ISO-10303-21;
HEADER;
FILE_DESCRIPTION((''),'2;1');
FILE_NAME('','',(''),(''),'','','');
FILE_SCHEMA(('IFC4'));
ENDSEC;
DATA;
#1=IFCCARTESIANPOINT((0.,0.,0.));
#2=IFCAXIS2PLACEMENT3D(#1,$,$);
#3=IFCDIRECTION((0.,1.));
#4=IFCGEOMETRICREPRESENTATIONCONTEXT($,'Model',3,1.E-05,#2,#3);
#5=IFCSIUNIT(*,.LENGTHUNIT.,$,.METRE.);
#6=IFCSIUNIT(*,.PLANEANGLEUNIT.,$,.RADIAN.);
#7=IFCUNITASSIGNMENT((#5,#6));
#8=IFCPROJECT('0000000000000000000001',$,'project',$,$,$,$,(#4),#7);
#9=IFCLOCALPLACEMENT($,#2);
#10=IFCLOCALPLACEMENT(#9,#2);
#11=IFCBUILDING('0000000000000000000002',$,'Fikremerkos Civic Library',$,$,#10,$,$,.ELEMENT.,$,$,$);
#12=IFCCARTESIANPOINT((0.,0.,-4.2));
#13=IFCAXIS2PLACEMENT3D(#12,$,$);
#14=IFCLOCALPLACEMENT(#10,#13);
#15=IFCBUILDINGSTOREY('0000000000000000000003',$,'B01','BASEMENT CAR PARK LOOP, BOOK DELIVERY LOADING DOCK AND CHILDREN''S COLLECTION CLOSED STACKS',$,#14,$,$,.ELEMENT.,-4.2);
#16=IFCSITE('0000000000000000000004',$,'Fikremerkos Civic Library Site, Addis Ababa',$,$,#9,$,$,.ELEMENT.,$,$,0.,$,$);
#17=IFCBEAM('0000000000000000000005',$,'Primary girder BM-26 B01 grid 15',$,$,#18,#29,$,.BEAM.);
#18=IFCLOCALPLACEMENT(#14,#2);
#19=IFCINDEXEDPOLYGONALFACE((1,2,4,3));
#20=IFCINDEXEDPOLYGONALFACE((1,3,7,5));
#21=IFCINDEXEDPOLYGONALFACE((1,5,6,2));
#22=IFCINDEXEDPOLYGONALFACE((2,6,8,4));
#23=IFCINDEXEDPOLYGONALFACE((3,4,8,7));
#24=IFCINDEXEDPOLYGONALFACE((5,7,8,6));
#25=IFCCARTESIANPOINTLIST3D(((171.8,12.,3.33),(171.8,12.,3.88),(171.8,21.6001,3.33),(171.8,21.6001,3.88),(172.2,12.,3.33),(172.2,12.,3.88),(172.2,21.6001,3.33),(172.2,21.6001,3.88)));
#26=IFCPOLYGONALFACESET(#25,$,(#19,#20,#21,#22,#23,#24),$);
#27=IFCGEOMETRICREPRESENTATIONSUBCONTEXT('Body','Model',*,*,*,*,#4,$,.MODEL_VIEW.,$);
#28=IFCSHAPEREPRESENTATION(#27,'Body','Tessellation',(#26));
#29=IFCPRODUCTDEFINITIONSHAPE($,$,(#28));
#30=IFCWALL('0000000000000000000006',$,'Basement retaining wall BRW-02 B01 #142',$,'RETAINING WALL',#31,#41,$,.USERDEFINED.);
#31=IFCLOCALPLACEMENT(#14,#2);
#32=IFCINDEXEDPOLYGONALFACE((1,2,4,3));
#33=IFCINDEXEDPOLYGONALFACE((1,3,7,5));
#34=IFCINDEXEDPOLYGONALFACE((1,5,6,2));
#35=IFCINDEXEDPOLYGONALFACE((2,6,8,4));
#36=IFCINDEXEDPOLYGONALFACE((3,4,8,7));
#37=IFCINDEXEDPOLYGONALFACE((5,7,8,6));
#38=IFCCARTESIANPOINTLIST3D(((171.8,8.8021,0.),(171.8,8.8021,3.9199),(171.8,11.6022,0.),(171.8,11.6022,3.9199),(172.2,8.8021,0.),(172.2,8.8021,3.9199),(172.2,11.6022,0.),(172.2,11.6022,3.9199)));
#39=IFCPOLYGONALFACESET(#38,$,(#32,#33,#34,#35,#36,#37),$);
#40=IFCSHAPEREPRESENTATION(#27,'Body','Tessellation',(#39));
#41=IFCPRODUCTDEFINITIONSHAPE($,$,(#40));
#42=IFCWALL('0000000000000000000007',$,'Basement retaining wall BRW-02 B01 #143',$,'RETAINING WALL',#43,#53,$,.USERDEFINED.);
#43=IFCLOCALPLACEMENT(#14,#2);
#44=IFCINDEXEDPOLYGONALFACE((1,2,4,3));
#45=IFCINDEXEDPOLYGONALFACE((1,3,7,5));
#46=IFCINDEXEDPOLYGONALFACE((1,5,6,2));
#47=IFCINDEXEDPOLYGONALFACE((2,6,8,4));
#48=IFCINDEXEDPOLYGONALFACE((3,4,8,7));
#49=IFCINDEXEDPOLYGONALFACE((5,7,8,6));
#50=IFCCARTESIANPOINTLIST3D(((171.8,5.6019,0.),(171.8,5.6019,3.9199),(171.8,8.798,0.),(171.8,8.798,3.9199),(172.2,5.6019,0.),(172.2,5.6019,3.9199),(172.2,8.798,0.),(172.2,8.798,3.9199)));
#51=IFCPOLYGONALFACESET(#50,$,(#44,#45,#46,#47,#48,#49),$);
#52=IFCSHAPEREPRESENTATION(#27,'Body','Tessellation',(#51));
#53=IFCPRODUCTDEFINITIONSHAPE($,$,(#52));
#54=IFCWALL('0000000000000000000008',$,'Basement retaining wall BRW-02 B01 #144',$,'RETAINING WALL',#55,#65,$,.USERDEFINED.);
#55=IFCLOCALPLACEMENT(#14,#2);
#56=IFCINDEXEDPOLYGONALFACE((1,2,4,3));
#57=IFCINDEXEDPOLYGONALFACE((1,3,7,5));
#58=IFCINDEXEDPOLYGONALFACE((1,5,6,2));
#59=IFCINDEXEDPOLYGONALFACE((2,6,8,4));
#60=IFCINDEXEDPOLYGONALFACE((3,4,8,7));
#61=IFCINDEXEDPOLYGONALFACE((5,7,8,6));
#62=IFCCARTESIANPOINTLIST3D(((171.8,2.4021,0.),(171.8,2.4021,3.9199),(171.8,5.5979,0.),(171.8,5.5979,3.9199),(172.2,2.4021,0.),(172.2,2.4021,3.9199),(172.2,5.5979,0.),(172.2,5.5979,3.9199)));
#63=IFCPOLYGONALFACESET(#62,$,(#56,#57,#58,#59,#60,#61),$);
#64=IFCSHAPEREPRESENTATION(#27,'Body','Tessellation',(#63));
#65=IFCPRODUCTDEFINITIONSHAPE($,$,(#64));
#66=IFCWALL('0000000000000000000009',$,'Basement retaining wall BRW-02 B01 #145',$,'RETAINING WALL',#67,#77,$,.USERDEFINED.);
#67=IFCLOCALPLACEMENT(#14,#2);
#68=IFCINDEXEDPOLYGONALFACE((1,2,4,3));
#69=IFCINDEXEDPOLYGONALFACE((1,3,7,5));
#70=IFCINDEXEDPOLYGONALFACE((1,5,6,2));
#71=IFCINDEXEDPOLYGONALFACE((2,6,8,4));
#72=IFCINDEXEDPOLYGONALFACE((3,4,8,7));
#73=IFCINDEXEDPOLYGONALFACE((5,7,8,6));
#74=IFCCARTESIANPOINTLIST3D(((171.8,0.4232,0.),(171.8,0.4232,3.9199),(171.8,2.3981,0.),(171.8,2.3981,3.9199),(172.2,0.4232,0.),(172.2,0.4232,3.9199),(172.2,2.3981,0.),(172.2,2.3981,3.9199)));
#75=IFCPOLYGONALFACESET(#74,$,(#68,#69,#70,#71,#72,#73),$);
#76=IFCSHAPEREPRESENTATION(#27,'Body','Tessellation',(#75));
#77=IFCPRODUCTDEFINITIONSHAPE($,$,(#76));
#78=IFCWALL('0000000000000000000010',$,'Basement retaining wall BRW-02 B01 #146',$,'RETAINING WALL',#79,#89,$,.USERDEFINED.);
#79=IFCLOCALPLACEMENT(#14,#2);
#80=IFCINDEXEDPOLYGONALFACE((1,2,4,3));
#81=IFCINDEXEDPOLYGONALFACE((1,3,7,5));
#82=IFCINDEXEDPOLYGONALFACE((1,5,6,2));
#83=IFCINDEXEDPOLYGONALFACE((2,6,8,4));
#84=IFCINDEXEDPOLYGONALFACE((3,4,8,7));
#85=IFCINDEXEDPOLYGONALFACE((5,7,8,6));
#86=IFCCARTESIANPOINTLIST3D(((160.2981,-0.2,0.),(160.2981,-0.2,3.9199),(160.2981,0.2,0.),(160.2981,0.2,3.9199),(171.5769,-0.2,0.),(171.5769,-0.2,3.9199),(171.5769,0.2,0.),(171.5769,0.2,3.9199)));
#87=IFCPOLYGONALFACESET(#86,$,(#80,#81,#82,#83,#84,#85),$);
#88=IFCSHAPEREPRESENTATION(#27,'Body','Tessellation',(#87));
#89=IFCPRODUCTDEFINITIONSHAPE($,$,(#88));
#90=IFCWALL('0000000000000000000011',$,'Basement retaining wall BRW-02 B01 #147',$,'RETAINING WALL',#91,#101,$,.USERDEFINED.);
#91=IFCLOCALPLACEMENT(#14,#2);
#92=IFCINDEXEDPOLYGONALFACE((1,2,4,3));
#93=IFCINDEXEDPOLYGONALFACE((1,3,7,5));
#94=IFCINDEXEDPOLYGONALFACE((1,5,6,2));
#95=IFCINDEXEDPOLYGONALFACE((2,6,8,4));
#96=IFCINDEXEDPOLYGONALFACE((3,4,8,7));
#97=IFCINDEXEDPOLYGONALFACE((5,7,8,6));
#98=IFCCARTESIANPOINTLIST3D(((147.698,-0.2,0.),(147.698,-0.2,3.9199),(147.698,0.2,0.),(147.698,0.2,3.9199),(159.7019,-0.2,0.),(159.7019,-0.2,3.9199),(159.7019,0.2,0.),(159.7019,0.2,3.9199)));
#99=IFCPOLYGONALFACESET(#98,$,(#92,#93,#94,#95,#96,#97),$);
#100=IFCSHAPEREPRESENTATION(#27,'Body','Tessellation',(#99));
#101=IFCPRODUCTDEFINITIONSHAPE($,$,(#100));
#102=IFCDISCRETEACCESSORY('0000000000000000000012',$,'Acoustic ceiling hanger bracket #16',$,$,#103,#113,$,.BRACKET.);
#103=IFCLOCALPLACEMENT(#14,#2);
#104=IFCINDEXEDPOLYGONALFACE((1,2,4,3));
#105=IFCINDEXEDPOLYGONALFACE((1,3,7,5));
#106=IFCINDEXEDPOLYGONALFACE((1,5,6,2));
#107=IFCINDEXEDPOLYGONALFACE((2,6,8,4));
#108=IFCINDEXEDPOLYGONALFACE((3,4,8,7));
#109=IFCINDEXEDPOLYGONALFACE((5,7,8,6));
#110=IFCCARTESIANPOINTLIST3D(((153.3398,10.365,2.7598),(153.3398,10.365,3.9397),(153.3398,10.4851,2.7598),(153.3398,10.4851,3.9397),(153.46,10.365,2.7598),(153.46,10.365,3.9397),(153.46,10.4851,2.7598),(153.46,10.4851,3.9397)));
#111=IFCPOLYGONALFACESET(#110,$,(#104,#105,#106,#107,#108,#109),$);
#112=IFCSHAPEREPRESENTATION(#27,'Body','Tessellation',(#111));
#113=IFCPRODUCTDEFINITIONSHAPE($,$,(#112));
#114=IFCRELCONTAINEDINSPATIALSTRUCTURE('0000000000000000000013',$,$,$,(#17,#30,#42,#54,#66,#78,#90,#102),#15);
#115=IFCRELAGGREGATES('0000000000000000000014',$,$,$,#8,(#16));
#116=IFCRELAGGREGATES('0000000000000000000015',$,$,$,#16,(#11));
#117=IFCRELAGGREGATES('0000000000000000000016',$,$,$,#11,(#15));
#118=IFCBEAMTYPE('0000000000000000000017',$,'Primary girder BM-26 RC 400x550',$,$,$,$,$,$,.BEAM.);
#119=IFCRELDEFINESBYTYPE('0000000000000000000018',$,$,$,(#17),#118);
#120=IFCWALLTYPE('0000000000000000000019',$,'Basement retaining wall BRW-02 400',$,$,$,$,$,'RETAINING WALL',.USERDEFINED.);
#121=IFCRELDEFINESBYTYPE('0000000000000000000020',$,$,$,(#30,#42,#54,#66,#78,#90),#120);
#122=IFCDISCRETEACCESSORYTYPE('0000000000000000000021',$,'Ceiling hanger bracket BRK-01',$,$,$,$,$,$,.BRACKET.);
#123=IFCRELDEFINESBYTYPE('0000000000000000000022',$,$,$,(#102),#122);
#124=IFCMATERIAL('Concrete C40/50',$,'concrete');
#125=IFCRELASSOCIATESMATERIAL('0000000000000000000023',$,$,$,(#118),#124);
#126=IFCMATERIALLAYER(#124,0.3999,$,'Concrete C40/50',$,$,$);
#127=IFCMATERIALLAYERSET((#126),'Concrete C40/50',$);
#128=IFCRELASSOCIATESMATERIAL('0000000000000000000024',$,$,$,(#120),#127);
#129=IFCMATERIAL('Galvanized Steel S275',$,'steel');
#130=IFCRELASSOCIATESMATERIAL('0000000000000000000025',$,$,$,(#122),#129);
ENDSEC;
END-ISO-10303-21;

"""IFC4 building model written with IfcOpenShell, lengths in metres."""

from ifc_helpers import new_model, si_unit, direction, frame, frame_2d, origin, origin_2d, place, context, subcontext, project, spatial, rectangle, extrude, material, layer, layer_set, material_profile, profile_set, type_object, element, save


model = new_model("IFC4")

# Units and contexts
model_context = context("Model", 3, precision=1e-05, world=origin(), true_north=direction((0.0, 1.0)))
body_context = subcontext(model_context, "Body", "Model", "MODEL_VIEW")
ifc_project = project(units=[si_unit("LENGTHUNIT", "METRE"), si_unit("PLANEANGLEUNIT", "RADIAN")], contexts=[model_context])

# Site, building, storey
site_placement = place(None, origin())
site = spatial("IfcSite", under=ifc_project, at=site_placement, Name="Fikremerkos Civic Library Site, Addis Ababa", CompositionType="ELEMENT", RefElevation=0.0)
building_placement = place(site_placement, origin())
building = spatial("IfcBuilding", under=site, at=building_placement, Name="Fikremerkos Civic Library", CompositionType="ELEMENT")
storey_placement = place(building_placement, frame((0.0, 0.0, -4.2)))
storey = spatial("IfcBuildingStorey", under=building, at=storey_placement, Name="B01", Description="BASEMENT CAR PARK LOOP, BOOK DELIVERY LOADING DOCK AND CHILDREN'S COLLECTION CLOSED STACKS", CompositionType="ELEMENT", Elevation=-4.2)

# Shared definitions
ifc_material_1 = material(Name="Concrete C40/50", Category="concrete")

# Beam
ifc_material_profile_1 = material_profile(ifc_material_1, rectangle(XDim=0.3999, YDim=0.55, at=origin_2d()), Name="RC 400x550")
ifc_profile_set_1 = profile_set([ifc_material_profile_1], Name="Concrete C40/50")
beam_type_1 = type_object("IfcBeamType", Name="Primary girder BM-26 RC 400x550", PredefinedType="BEAM", material=ifc_profile_set_1)
beam_1_placement = place(storey_placement, frame((172.0, 12.0, 3.605), z_axis=(0.0, 1.0, 0.0), x_axis=(-1.0, 0.0, 0.0)))
element("IfcBeam", 1, at=beam_1_placement, inside=storey, type_object=beam_type_1, Name="Primary girder BM-26 B01 grid 15", PredefinedType="BEAM", context=body_context, shape_type="SweptSolid", body=[
    extrude(rectangle(XDim=0.3999, YDim=0.55, at=origin_2d()), origin(), (0.0, 0.0, 1.0), 9.6001),
])

# Walls
ifc_layer = layer(ifc_material_1, 0.3999, Name="Concrete C40/50")
ifc_layer_set = layer_set([ifc_layer], Name="Concrete C40/50")
wall_type = type_object("IfcWallType", Name="Basement retaining wall BRW-02 400", ElementType="RETAINING WALL", PredefinedType="USERDEFINED", material=ifc_layer_set)
wall_1_placement = place(storey_placement, frame((172.0, 11.6021, 0.0), z_axis=(0.0, 0.0, 1.0), x_axis=(0.0, -1.0, 0.0)))
element("IfcWall", 2, at=wall_1_placement, inside=storey, type_object=wall_type, Name="Basement retaining wall BRW-02 B01 #142", ObjectType="RETAINING WALL", PredefinedType="USERDEFINED", context=body_context, shape_type="SweptSolid", body=[
    extrude(rectangle(XDim=2.8, YDim=0.3999, at=frame_2d((1.3999, 0.0))), origin(), (0.0, 0.0, 1.0), 3.9199),
])
wall_2_placement = place(storey_placement, frame((172.0, 8.7981, 0.0), z_axis=(0.0, 0.0, 1.0), x_axis=(0.0, -1.0, 0.0)))
element("IfcWall", 3, at=wall_2_placement, inside=storey, type_object=wall_type, Name="Basement retaining wall BRW-02 B01 #143", ObjectType="RETAINING WALL", PredefinedType="USERDEFINED", context=body_context, shape_type="SweptSolid", body=[
    extrude(rectangle(XDim=3.196, YDim=0.3999, at=frame_2d((1.5981, 0.0))), origin(), (0.0, 0.0, 1.0), 3.9199),
])
wall_3_placement = place(storey_placement, frame((172.0, 5.5979, 0.0), z_axis=(0.0, 0.0, 1.0), x_axis=(0.0, -1.0, 0.0)))
element("IfcWall", 4, at=wall_3_placement, inside=storey, type_object=wall_type, Name="Basement retaining wall BRW-02 B01 #144", ObjectType="RETAINING WALL", PredefinedType="USERDEFINED", context=body_context, shape_type="SweptSolid", body=[
    extrude(rectangle(XDim=3.1958, YDim=0.3999, at=frame_2d((1.5979, 0.0))), origin(), (0.0, 0.0, 1.0), 3.9199),
])
wall_4_placement = place(storey_placement, frame((172.0, 2.3979, 0.0), z_axis=(0.0, 0.0, 1.0), x_axis=(0.0, -1.0, 0.0)))
element("IfcWall", 5, at=wall_4_placement, inside=storey, type_object=wall_type, Name="Basement retaining wall BRW-02 B01 #145", ObjectType="RETAINING WALL", PredefinedType="USERDEFINED", context=body_context, shape_type="SweptSolid", body=[
    extrude(rectangle(XDim=1.9749, YDim=0.3999, at=frame_2d((0.9873, 0.0))), origin(), (0.0, 0.0, 1.0), 3.9199),
])
wall_5_placement = place(storey_placement, frame((171.5769, 0.0, 0.0), z_axis=(0.0, 0.0, 1.0), x_axis=(-1.0, 0.0, 0.0)))
element("IfcWall", 6, at=wall_5_placement, inside=storey, type_object=wall_type, Name="Basement retaining wall BRW-02 B01 #146", ObjectType="RETAINING WALL", PredefinedType="USERDEFINED", context=body_context, shape_type="SweptSolid", body=[
    extrude(rectangle(XDim=11.2788, YDim=0.3999, at=frame_2d((5.6394, 0.0))), origin(), (0.0, 0.0, 1.0), 3.9199),
])
wall_6_placement = place(storey_placement, frame((159.7019, 0.0, 0.0), z_axis=(0.0, 0.0, 1.0), x_axis=(-1.0, 0.0, 0.0)))
element("IfcWall", 7, at=wall_6_placement, inside=storey, type_object=wall_type, Name="Basement retaining wall BRW-02 B01 #147", ObjectType="RETAINING WALL", PredefinedType="USERDEFINED", context=body_context, shape_type="SweptSolid", body=[
    extrude(rectangle(XDim=12.0039, YDim=0.3999, at=frame_2d((6.002, 0.0))), origin(), (0.0, 0.0, 1.0), 3.9199),
])

# Discrete accessory
ifc_material_2 = material(Name="Galvanized Steel S275", Category="steel")
discrete_accessory_type = type_object("IfcDiscreteAccessoryType", Name="Ceiling hanger bracket BRK-01", PredefinedType="BRACKET", material=ifc_material_2)
discrete_accessory_placement = place(storey_placement, frame((153.3999, 10.425, 2.7598), z_axis=(0.0, 0.0, 1.0), x_axis=(1.0, 0.0, 0.0)))
element("IfcDiscreteAccessory", 8, at=discrete_accessory_placement, inside=storey, type_object=discrete_accessory_type, Name="Acoustic ceiling hanger bracket #16", PredefinedType="BRACKET", context=body_context, shape_type="SweptSolid", body=[
    extrude(rectangle(XDim=0.1201, YDim=0.1201, at=origin_2d()), origin(), (0.0, 0.0, 1.0), 1.1799),
])

save(model, "model.ifc")
